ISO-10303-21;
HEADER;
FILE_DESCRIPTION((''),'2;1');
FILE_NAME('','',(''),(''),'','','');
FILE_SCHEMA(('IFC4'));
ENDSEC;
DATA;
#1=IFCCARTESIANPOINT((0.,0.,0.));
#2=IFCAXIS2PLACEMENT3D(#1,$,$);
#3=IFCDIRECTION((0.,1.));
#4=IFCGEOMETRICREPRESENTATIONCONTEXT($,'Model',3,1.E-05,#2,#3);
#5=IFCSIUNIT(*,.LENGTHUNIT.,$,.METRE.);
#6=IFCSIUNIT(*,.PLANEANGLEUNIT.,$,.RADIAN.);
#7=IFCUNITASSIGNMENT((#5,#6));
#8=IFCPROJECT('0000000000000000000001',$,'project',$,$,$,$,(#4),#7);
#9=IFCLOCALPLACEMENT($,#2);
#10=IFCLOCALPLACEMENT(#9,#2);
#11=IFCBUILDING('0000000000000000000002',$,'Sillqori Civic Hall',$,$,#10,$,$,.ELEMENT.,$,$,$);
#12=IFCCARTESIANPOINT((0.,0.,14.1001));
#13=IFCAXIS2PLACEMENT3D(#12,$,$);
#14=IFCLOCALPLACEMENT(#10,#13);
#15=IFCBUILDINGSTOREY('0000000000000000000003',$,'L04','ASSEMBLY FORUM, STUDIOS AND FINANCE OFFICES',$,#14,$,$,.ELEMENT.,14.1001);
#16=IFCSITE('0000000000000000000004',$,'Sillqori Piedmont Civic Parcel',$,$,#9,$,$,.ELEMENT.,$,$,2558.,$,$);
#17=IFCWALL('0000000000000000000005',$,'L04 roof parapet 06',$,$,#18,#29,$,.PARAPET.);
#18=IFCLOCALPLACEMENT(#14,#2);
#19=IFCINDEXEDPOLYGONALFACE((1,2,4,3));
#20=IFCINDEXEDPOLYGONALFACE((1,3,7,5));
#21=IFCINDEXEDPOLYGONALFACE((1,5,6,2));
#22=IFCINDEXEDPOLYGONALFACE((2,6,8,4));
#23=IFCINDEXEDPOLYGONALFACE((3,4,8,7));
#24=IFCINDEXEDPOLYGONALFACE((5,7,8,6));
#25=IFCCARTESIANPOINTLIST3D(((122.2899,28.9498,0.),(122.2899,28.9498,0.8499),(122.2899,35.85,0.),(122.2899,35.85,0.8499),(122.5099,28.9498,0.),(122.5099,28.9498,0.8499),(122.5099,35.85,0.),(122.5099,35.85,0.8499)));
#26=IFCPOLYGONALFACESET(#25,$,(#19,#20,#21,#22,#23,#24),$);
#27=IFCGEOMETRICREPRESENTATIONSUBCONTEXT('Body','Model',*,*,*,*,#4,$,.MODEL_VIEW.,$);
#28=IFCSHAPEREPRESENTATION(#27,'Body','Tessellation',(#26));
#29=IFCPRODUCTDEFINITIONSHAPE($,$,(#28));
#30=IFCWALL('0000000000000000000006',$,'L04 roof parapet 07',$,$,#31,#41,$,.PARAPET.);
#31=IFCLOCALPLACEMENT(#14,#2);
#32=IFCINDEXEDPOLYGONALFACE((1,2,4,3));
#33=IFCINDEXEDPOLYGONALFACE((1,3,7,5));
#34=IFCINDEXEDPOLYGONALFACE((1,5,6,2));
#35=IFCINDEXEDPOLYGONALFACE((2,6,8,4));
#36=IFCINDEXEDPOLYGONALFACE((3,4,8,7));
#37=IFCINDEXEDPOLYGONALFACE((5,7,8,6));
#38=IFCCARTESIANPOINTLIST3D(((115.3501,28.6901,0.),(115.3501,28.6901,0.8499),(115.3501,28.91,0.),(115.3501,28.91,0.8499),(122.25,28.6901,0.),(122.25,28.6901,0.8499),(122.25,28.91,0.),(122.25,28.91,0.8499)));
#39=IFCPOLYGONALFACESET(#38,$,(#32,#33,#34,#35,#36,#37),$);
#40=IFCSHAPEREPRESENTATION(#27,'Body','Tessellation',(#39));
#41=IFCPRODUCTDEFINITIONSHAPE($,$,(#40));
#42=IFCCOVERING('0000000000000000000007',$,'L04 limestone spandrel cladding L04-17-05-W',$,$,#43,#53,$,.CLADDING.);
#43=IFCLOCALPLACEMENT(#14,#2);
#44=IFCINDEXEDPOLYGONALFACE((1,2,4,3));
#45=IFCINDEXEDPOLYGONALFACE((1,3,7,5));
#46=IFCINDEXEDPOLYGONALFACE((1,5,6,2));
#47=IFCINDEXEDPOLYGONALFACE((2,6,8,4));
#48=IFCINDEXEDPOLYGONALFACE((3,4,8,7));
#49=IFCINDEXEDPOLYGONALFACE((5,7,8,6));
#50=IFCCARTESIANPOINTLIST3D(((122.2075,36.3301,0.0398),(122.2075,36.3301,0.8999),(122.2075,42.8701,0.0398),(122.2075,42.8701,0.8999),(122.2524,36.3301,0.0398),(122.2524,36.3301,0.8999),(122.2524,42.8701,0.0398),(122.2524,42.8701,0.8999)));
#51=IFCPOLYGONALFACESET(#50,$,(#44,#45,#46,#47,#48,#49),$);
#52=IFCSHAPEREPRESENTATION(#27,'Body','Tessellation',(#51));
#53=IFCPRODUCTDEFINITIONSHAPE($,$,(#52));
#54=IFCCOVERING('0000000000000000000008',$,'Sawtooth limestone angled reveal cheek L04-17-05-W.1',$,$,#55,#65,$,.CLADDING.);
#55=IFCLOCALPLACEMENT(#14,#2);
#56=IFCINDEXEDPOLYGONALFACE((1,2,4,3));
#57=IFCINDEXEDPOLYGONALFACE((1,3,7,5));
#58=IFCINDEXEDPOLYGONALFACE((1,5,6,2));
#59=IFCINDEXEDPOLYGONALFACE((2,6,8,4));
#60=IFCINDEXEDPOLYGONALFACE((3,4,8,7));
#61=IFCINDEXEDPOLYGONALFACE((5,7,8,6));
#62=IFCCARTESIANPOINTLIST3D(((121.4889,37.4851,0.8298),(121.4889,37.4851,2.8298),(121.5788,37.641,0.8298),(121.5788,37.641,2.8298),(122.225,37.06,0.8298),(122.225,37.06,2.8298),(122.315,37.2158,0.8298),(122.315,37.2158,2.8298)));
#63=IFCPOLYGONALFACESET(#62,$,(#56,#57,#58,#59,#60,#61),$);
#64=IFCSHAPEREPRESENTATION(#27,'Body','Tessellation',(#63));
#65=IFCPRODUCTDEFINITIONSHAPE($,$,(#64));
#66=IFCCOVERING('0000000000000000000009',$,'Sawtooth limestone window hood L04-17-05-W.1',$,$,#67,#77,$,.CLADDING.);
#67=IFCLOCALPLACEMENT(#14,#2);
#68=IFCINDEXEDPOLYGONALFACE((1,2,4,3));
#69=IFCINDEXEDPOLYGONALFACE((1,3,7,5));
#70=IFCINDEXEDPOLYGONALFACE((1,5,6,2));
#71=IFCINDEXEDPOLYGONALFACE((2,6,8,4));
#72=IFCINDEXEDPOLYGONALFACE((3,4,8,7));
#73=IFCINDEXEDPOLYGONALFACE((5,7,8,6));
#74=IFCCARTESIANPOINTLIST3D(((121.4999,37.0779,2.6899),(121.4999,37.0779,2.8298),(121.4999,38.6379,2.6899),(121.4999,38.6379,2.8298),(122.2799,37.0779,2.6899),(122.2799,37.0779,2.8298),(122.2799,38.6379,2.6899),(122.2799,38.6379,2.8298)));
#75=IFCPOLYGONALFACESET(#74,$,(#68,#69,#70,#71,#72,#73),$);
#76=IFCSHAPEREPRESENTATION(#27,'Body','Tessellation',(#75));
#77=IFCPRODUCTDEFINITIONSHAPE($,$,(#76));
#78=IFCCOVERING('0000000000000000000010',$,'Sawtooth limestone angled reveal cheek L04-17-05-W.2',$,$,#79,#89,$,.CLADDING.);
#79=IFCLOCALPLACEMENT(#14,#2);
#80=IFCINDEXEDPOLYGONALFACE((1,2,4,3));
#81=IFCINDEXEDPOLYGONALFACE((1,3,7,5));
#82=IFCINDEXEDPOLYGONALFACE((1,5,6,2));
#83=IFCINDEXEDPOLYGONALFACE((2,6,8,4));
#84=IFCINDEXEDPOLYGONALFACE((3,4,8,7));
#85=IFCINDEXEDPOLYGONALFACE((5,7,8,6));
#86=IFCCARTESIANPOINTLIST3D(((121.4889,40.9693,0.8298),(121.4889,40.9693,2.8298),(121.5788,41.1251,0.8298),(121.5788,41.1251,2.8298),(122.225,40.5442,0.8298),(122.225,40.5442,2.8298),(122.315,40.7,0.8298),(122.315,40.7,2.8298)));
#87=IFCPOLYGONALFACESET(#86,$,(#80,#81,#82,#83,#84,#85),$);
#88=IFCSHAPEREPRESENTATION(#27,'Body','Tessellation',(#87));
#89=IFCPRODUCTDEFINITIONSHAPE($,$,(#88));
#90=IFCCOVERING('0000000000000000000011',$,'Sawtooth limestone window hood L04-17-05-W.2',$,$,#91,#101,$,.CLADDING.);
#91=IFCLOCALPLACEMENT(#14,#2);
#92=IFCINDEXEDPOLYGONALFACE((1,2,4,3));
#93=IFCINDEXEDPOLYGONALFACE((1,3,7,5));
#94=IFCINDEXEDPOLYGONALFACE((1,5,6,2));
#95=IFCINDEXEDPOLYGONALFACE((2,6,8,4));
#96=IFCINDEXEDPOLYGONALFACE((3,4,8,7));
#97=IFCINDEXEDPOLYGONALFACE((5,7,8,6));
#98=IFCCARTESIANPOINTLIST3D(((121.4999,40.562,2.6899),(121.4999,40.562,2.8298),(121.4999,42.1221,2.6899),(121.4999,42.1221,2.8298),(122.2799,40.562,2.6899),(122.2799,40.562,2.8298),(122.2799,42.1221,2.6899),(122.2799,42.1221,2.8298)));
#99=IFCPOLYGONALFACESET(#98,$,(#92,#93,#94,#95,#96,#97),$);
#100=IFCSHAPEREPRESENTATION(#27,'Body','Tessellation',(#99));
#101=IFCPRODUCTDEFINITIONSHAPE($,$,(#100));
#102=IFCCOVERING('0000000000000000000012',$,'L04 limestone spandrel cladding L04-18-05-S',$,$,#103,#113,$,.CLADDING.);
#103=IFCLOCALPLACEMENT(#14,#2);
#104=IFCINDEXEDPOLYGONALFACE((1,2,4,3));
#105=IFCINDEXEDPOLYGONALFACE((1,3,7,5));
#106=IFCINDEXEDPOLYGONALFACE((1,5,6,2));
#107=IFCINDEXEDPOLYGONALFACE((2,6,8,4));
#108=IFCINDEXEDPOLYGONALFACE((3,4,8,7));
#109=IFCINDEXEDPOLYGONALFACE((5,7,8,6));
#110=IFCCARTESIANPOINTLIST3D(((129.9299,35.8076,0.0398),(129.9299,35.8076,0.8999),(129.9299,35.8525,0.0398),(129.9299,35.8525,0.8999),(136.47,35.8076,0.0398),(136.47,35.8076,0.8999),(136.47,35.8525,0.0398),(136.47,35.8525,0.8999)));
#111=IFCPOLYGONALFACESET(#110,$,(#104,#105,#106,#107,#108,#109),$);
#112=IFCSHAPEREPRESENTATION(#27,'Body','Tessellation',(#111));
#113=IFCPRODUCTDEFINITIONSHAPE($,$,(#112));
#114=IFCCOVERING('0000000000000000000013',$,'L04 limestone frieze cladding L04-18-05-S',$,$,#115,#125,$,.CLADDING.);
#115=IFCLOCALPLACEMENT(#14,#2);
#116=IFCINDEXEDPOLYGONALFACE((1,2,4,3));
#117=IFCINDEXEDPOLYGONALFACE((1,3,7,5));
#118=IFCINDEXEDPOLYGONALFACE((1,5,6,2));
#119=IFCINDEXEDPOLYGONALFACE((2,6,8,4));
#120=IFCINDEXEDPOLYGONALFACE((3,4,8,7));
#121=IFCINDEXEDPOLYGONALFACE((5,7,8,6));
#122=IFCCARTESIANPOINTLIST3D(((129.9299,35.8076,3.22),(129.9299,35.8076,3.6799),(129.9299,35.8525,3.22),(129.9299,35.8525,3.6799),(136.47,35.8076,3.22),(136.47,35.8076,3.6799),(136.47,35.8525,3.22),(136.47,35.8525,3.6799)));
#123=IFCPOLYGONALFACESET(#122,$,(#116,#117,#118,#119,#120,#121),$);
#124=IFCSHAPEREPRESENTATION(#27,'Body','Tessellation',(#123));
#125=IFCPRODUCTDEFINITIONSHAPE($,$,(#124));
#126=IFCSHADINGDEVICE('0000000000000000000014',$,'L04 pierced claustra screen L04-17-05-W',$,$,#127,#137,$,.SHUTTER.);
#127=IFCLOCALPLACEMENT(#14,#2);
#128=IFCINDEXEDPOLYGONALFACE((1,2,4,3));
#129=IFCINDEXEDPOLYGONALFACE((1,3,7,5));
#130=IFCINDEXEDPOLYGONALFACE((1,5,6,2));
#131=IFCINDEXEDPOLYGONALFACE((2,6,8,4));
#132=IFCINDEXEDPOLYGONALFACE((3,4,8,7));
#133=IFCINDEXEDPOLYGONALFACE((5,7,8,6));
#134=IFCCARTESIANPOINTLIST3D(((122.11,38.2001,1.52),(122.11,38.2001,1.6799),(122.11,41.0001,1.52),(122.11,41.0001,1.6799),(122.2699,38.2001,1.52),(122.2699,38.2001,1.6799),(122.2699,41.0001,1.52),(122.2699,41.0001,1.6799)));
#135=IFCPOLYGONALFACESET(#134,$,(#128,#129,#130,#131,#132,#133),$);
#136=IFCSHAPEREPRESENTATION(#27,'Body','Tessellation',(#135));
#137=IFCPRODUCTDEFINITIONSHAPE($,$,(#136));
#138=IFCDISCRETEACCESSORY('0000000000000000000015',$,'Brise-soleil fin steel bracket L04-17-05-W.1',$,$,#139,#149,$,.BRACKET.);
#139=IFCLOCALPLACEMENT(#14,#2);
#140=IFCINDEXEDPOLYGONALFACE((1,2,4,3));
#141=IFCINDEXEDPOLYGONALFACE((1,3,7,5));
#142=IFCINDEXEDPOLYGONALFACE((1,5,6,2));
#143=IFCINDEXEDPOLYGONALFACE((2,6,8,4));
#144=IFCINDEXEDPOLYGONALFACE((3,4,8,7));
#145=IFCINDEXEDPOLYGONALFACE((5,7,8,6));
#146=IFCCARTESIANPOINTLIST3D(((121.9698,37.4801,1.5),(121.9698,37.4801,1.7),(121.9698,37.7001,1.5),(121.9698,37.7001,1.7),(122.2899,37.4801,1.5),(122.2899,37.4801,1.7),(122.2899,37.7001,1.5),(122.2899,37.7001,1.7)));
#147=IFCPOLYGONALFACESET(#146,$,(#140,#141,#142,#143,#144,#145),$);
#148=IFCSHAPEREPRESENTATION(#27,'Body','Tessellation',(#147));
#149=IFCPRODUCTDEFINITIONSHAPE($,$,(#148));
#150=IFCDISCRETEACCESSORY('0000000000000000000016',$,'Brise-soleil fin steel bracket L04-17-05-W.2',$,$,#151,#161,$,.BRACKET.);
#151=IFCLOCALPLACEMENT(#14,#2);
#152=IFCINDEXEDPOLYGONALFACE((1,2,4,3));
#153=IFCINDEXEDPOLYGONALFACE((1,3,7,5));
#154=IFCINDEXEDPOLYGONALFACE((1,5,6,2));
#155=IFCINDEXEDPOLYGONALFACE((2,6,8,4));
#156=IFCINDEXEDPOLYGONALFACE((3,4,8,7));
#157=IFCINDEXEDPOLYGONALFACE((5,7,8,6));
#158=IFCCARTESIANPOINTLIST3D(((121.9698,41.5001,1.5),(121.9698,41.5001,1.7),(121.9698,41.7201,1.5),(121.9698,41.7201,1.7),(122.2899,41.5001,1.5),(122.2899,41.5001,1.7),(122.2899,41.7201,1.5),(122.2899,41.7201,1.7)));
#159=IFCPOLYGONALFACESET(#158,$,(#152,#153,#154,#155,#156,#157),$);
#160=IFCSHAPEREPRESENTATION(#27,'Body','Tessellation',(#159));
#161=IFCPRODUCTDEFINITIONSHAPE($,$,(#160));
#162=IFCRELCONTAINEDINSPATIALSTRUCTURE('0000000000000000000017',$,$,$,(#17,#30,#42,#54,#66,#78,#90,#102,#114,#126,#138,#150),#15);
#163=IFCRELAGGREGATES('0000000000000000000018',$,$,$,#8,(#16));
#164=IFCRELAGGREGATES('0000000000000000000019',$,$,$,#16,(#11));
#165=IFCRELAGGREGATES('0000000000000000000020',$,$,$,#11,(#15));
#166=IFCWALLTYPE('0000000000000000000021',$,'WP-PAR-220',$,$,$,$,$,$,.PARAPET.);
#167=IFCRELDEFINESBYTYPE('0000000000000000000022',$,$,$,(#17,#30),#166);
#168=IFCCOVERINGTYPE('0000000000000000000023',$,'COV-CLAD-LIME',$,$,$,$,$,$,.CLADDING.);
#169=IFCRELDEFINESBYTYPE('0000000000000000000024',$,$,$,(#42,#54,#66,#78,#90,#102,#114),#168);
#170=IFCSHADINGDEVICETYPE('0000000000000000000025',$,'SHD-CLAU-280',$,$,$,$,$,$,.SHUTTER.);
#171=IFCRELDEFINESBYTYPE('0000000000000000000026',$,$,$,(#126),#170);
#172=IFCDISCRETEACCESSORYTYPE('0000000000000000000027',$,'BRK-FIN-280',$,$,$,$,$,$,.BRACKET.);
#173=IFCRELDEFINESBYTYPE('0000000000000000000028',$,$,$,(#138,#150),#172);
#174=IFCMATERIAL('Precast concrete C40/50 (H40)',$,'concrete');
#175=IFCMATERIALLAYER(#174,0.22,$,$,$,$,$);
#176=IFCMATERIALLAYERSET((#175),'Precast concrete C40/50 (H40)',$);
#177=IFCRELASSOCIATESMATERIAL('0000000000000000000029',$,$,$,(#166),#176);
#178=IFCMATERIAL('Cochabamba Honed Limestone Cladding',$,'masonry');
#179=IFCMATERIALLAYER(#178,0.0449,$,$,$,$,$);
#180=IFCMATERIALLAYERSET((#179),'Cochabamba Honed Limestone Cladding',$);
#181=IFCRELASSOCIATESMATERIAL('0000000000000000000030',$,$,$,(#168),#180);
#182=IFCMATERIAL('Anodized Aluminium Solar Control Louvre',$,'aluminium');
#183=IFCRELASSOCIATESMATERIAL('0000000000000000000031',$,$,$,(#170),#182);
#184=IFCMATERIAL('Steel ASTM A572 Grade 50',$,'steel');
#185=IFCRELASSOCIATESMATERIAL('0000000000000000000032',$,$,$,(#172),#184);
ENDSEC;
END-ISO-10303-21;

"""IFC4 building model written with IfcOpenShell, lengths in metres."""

from ifc_helpers import new_model, si_unit, direction, frame, frame_2d, origin, origin_2d, place, context, subcontext, project, spatial, rectangle, extrude, material, layer, layer_set, type_object, element, save


model = new_model("IFC4")

# Units and contexts
model_context = context("Model", 3, precision=1e-05, world=origin(), true_north=direction((0.0, 1.0)))
body_context = subcontext(model_context, "Body", "Model", "MODEL_VIEW")
ifc_project = project(units=[si_unit("LENGTHUNIT", "METRE"), si_unit("PLANEANGLEUNIT", "RADIAN")], contexts=[model_context])

# Site, building, storey
site_placement = place(None, origin())
site = spatial("IfcSite", under=ifc_project, at=site_placement, Name="Sillqori Piedmont Civic Parcel", CompositionType="ELEMENT", RefElevation=2558.0)
building_placement = place(site_placement, origin())
building = spatial("IfcBuilding", under=site, at=building_placement, Name="Sillqori Civic Hall", CompositionType="ELEMENT")
storey_placement = place(building_placement, frame((0.0, 0.0, 14.1001)))
storey = spatial("IfcBuildingStorey", under=building, at=storey_placement, Name="L04", Description="ASSEMBLY FORUM, STUDIOS AND FINANCE OFFICES", CompositionType="ELEMENT", Elevation=14.1001)

# Shared definitions
ifc_material_1 = material(Name="Precast concrete C40/50 (H40)", Category="concrete")

# Walls
ifc_layer_1 = layer(ifc_material_1, 0.22)
ifc_layer_set_1 = layer_set([ifc_layer_1], Name="Precast concrete C40/50 (H40)")
wall_type_1 = type_object("IfcWallType", Name="WP-PAR-220", PredefinedType="PARAPET", material=ifc_layer_set_1)
wall_1_placement = place(storey_placement, frame((122.3999, 35.8501, 0.0), z_axis=(0.0, 0.0, 1.0), x_axis=(0.0, -1.0, 0.0)))
element("IfcWall", 1, at=wall_1_placement, inside=storey, type_object=wall_type_1, Name="L04 roof parapet 06", PredefinedType="PARAPET", context=body_context, shape_type="SweptSolid", body=[
    extrude(rectangle(XDim=6.9001, YDim=0.22, at=frame_2d((3.4502, 0.0))), origin(), (0.0, 0.0, 1.0), 0.8499),
])
wall_2_placement = place(storey_placement, frame((122.25, 28.8, 0.0), z_axis=(0.0, 0.0, 1.0), x_axis=(-1.0, 0.0, 0.0)))
element("IfcWall", 2, at=wall_2_placement, inside=storey, type_object=wall_type_1, Name="L04 roof parapet 07", PredefinedType="PARAPET", context=body_context, shape_type="SweptSolid", body=[
    extrude(rectangle(XDim=6.8999, YDim=0.22, at=frame_2d((3.45, 0.0))), origin(), (0.0, 0.0, 1.0), 0.8499),
])

# Coverings
ifc_material_2 = material(Name="Cochabamba Honed Limestone Cladding", Category="masonry")
ifc_layer_2 = layer(ifc_material_2, 0.0449)
ifc_layer_set_2 = layer_set([ifc_layer_2], Name="Cochabamba Honed Limestone Cladding")
covering_type = type_object("IfcCoveringType", Name="COV-CLAD-LIME", PredefinedType="CLADDING", material=ifc_layer_set_2)
covering_1_placement = place(storey_placement, frame((122.23, 36.3301, 0.0398), z_axis=(0.0, 0.0, 1.0), x_axis=(0.0, 1.0, 0.0)))
element("IfcCovering", 3, at=covering_1_placement, inside=storey, type_object=covering_type, Name="L04 limestone spandrel cladding L04-17-05-W", PredefinedType="CLADDING", context=body_context, shape_type="SweptSolid", body=[
    extrude(rectangle(XDim=6.54, YDim=0.0449, at=frame_2d((3.27, 0.0))), origin(), (0.0, 0.0, 1.0), 0.8601),
])
covering_2_placement = place(storey_placement, frame((122.27, 37.1379, 0.8298), z_axis=(0.0, 0.0, 1.0), x_axis=(-0.865989, 0.500062, 0.0)))
element("IfcCovering", 4, at=covering_2_placement, inside=storey, type_object=covering_type, Name="Sawtooth limestone angled reveal cheek L04-17-05-W.1", PredefinedType="CLADDING", context=body_context, shape_type="SweptSolid", body=[
    extrude(rectangle(XDim=0.8501, YDim=0.1799, at=frame_2d((0.425, 0.0))), origin(), (0.0, 0.0, 1.0), 2.0),
])
covering_3_placement = place(storey_placement, frame((121.8899, 37.0779, 2.6899), z_axis=(0.0, 0.0, 1.0), x_axis=(0.0, 1.0, 0.0)))
element("IfcCovering", 5, at=covering_3_placement, inside=storey, type_object=covering_type, Name="Sawtooth limestone window hood L04-17-05-W.1", PredefinedType="CLADDING", context=body_context, shape_type="SweptSolid", body=[
    extrude(rectangle(XDim=1.5601, YDim=0.78, at=frame_2d((0.78, 0.0))), origin(), (0.0, 0.0, 1.0), 0.1399),
])
covering_4_placement = place(storey_placement, frame((122.27, 40.6221, 0.8298), z_axis=(0.0, 0.0, 1.0), x_axis=(-0.865989, 0.500062, 0.0)))
element("IfcCovering", 6, at=covering_4_placement, inside=storey, type_object=covering_type, Name="Sawtooth limestone angled reveal cheek L04-17-05-W.2", PredefinedType="CLADDING", context=body_context, shape_type="SweptSolid", body=[
    extrude(rectangle(XDim=0.8501, YDim=0.1799, at=frame_2d((0.425, 0.0))), origin(), (0.0, 0.0, 1.0), 2.0),
])
covering_5_placement = place(storey_placement, frame((121.8899, 40.562, 2.6899), z_axis=(0.0, 0.0, 1.0), x_axis=(0.0, 1.0, 0.0)))
element("IfcCovering", 7, at=covering_5_placement, inside=storey, type_object=covering_type, Name="Sawtooth limestone window hood L04-17-05-W.2", PredefinedType="CLADDING", context=body_context, shape_type="SweptSolid", body=[
    extrude(rectangle(XDim=1.5601, YDim=0.78, at=frame_2d((0.78, 0.0))), origin(), (0.0, 0.0, 1.0), 0.1399),
])
covering_6_placement = place(storey_placement, frame((136.47, 35.8301, 0.0398), z_axis=(0.0, 0.0, 1.0), x_axis=(-1.0, 0.0, 0.0)))
element("IfcCovering", 8, at=covering_6_placement, inside=storey, type_object=covering_type, Name="L04 limestone spandrel cladding L04-18-05-S", PredefinedType="CLADDING", context=body_context, shape_type="SweptSolid", body=[
    extrude(rectangle(XDim=6.54, YDim=0.0449, at=frame_2d((3.27, 0.0))), origin(), (0.0, 0.0, 1.0), 0.8601),
])
covering_7_placement = place(storey_placement, frame((136.47, 35.8301, 3.22), z_axis=(0.0, 0.0, 1.0), x_axis=(-1.0, 0.0, 0.0)))
element("IfcCovering", 9, at=covering_7_placement, inside=storey, type_object=covering_type, Name="L04 limestone frieze cladding L04-18-05-S", PredefinedType="CLADDING", context=body_context, shape_type="SweptSolid", body=[
    extrude(rectangle(XDim=6.54, YDim=0.0449, at=frame_2d((3.27, 0.0))), origin(), (0.0, 0.0, 1.0), 0.46),
])

# Shading device
ifc_material_3 = material(Name="Anodized Aluminium Solar Control Louvre", Category="aluminium")
shading_device_type = type_object("IfcShadingDeviceType", Name="SHD-CLAU-280", PredefinedType="SHUTTER", material=ifc_material_3)
shading_device_placement = place(storey_placement, frame((122.1899, 39.6001, 1.52), z_axis=(0.0, 0.0, 1.0), x_axis=(0.0, 1.0, 0.0)))
element("IfcShadingDevice", 10, at=shading_device_placement, inside=storey, type_object=shading_device_type, Name="L04 pierced claustra screen L04-17-05-W", PredefinedType="SHUTTER", context=body_context, shape_type="SweptSolid", body=[
    extrude(rectangle(XDim=2.8, YDim=0.1599, at=origin_2d()), origin(), (0.0, 0.0, 1.0), 0.1599),
])

# Discrete accessories
ifc_material_4 = material(Name="Steel ASTM A572 Grade 50", Category="steel")
discrete_accessory_type = type_object("IfcDiscreteAccessoryType", Name="BRK-FIN-280", PredefinedType="BRACKET", material=ifc_material_4)
for number, where, z_axis, x_axis, name in (
    (11, (122.1299, 37.5901, 1.5), (0.0, 0.0, 1.0), (0.0, 1.0, 0.0), "Brise-soleil fin steel bracket L04-17-05-W.1"),
    (12, (122.1299, 41.6101, 1.5), (0.0, 0.0, 1.0), (0.0, 1.0, 0.0), "Brise-soleil fin steel bracket L04-17-05-W.2"),
):
    element("IfcDiscreteAccessory", number, at=place(storey_placement, frame(where, z_axis=z_axis, x_axis=x_axis)), inside=storey, type_object=discrete_accessory_type, Name=name, PredefinedType="BRACKET", context=body_context, shape_type="SweptSolid", body=[
        extrude(rectangle(XDim=0.22, YDim=0.3201, at=origin_2d()), origin(), (0.0, 0.0, 1.0), 0.2),
    ])

save(model, "model.ifc")
